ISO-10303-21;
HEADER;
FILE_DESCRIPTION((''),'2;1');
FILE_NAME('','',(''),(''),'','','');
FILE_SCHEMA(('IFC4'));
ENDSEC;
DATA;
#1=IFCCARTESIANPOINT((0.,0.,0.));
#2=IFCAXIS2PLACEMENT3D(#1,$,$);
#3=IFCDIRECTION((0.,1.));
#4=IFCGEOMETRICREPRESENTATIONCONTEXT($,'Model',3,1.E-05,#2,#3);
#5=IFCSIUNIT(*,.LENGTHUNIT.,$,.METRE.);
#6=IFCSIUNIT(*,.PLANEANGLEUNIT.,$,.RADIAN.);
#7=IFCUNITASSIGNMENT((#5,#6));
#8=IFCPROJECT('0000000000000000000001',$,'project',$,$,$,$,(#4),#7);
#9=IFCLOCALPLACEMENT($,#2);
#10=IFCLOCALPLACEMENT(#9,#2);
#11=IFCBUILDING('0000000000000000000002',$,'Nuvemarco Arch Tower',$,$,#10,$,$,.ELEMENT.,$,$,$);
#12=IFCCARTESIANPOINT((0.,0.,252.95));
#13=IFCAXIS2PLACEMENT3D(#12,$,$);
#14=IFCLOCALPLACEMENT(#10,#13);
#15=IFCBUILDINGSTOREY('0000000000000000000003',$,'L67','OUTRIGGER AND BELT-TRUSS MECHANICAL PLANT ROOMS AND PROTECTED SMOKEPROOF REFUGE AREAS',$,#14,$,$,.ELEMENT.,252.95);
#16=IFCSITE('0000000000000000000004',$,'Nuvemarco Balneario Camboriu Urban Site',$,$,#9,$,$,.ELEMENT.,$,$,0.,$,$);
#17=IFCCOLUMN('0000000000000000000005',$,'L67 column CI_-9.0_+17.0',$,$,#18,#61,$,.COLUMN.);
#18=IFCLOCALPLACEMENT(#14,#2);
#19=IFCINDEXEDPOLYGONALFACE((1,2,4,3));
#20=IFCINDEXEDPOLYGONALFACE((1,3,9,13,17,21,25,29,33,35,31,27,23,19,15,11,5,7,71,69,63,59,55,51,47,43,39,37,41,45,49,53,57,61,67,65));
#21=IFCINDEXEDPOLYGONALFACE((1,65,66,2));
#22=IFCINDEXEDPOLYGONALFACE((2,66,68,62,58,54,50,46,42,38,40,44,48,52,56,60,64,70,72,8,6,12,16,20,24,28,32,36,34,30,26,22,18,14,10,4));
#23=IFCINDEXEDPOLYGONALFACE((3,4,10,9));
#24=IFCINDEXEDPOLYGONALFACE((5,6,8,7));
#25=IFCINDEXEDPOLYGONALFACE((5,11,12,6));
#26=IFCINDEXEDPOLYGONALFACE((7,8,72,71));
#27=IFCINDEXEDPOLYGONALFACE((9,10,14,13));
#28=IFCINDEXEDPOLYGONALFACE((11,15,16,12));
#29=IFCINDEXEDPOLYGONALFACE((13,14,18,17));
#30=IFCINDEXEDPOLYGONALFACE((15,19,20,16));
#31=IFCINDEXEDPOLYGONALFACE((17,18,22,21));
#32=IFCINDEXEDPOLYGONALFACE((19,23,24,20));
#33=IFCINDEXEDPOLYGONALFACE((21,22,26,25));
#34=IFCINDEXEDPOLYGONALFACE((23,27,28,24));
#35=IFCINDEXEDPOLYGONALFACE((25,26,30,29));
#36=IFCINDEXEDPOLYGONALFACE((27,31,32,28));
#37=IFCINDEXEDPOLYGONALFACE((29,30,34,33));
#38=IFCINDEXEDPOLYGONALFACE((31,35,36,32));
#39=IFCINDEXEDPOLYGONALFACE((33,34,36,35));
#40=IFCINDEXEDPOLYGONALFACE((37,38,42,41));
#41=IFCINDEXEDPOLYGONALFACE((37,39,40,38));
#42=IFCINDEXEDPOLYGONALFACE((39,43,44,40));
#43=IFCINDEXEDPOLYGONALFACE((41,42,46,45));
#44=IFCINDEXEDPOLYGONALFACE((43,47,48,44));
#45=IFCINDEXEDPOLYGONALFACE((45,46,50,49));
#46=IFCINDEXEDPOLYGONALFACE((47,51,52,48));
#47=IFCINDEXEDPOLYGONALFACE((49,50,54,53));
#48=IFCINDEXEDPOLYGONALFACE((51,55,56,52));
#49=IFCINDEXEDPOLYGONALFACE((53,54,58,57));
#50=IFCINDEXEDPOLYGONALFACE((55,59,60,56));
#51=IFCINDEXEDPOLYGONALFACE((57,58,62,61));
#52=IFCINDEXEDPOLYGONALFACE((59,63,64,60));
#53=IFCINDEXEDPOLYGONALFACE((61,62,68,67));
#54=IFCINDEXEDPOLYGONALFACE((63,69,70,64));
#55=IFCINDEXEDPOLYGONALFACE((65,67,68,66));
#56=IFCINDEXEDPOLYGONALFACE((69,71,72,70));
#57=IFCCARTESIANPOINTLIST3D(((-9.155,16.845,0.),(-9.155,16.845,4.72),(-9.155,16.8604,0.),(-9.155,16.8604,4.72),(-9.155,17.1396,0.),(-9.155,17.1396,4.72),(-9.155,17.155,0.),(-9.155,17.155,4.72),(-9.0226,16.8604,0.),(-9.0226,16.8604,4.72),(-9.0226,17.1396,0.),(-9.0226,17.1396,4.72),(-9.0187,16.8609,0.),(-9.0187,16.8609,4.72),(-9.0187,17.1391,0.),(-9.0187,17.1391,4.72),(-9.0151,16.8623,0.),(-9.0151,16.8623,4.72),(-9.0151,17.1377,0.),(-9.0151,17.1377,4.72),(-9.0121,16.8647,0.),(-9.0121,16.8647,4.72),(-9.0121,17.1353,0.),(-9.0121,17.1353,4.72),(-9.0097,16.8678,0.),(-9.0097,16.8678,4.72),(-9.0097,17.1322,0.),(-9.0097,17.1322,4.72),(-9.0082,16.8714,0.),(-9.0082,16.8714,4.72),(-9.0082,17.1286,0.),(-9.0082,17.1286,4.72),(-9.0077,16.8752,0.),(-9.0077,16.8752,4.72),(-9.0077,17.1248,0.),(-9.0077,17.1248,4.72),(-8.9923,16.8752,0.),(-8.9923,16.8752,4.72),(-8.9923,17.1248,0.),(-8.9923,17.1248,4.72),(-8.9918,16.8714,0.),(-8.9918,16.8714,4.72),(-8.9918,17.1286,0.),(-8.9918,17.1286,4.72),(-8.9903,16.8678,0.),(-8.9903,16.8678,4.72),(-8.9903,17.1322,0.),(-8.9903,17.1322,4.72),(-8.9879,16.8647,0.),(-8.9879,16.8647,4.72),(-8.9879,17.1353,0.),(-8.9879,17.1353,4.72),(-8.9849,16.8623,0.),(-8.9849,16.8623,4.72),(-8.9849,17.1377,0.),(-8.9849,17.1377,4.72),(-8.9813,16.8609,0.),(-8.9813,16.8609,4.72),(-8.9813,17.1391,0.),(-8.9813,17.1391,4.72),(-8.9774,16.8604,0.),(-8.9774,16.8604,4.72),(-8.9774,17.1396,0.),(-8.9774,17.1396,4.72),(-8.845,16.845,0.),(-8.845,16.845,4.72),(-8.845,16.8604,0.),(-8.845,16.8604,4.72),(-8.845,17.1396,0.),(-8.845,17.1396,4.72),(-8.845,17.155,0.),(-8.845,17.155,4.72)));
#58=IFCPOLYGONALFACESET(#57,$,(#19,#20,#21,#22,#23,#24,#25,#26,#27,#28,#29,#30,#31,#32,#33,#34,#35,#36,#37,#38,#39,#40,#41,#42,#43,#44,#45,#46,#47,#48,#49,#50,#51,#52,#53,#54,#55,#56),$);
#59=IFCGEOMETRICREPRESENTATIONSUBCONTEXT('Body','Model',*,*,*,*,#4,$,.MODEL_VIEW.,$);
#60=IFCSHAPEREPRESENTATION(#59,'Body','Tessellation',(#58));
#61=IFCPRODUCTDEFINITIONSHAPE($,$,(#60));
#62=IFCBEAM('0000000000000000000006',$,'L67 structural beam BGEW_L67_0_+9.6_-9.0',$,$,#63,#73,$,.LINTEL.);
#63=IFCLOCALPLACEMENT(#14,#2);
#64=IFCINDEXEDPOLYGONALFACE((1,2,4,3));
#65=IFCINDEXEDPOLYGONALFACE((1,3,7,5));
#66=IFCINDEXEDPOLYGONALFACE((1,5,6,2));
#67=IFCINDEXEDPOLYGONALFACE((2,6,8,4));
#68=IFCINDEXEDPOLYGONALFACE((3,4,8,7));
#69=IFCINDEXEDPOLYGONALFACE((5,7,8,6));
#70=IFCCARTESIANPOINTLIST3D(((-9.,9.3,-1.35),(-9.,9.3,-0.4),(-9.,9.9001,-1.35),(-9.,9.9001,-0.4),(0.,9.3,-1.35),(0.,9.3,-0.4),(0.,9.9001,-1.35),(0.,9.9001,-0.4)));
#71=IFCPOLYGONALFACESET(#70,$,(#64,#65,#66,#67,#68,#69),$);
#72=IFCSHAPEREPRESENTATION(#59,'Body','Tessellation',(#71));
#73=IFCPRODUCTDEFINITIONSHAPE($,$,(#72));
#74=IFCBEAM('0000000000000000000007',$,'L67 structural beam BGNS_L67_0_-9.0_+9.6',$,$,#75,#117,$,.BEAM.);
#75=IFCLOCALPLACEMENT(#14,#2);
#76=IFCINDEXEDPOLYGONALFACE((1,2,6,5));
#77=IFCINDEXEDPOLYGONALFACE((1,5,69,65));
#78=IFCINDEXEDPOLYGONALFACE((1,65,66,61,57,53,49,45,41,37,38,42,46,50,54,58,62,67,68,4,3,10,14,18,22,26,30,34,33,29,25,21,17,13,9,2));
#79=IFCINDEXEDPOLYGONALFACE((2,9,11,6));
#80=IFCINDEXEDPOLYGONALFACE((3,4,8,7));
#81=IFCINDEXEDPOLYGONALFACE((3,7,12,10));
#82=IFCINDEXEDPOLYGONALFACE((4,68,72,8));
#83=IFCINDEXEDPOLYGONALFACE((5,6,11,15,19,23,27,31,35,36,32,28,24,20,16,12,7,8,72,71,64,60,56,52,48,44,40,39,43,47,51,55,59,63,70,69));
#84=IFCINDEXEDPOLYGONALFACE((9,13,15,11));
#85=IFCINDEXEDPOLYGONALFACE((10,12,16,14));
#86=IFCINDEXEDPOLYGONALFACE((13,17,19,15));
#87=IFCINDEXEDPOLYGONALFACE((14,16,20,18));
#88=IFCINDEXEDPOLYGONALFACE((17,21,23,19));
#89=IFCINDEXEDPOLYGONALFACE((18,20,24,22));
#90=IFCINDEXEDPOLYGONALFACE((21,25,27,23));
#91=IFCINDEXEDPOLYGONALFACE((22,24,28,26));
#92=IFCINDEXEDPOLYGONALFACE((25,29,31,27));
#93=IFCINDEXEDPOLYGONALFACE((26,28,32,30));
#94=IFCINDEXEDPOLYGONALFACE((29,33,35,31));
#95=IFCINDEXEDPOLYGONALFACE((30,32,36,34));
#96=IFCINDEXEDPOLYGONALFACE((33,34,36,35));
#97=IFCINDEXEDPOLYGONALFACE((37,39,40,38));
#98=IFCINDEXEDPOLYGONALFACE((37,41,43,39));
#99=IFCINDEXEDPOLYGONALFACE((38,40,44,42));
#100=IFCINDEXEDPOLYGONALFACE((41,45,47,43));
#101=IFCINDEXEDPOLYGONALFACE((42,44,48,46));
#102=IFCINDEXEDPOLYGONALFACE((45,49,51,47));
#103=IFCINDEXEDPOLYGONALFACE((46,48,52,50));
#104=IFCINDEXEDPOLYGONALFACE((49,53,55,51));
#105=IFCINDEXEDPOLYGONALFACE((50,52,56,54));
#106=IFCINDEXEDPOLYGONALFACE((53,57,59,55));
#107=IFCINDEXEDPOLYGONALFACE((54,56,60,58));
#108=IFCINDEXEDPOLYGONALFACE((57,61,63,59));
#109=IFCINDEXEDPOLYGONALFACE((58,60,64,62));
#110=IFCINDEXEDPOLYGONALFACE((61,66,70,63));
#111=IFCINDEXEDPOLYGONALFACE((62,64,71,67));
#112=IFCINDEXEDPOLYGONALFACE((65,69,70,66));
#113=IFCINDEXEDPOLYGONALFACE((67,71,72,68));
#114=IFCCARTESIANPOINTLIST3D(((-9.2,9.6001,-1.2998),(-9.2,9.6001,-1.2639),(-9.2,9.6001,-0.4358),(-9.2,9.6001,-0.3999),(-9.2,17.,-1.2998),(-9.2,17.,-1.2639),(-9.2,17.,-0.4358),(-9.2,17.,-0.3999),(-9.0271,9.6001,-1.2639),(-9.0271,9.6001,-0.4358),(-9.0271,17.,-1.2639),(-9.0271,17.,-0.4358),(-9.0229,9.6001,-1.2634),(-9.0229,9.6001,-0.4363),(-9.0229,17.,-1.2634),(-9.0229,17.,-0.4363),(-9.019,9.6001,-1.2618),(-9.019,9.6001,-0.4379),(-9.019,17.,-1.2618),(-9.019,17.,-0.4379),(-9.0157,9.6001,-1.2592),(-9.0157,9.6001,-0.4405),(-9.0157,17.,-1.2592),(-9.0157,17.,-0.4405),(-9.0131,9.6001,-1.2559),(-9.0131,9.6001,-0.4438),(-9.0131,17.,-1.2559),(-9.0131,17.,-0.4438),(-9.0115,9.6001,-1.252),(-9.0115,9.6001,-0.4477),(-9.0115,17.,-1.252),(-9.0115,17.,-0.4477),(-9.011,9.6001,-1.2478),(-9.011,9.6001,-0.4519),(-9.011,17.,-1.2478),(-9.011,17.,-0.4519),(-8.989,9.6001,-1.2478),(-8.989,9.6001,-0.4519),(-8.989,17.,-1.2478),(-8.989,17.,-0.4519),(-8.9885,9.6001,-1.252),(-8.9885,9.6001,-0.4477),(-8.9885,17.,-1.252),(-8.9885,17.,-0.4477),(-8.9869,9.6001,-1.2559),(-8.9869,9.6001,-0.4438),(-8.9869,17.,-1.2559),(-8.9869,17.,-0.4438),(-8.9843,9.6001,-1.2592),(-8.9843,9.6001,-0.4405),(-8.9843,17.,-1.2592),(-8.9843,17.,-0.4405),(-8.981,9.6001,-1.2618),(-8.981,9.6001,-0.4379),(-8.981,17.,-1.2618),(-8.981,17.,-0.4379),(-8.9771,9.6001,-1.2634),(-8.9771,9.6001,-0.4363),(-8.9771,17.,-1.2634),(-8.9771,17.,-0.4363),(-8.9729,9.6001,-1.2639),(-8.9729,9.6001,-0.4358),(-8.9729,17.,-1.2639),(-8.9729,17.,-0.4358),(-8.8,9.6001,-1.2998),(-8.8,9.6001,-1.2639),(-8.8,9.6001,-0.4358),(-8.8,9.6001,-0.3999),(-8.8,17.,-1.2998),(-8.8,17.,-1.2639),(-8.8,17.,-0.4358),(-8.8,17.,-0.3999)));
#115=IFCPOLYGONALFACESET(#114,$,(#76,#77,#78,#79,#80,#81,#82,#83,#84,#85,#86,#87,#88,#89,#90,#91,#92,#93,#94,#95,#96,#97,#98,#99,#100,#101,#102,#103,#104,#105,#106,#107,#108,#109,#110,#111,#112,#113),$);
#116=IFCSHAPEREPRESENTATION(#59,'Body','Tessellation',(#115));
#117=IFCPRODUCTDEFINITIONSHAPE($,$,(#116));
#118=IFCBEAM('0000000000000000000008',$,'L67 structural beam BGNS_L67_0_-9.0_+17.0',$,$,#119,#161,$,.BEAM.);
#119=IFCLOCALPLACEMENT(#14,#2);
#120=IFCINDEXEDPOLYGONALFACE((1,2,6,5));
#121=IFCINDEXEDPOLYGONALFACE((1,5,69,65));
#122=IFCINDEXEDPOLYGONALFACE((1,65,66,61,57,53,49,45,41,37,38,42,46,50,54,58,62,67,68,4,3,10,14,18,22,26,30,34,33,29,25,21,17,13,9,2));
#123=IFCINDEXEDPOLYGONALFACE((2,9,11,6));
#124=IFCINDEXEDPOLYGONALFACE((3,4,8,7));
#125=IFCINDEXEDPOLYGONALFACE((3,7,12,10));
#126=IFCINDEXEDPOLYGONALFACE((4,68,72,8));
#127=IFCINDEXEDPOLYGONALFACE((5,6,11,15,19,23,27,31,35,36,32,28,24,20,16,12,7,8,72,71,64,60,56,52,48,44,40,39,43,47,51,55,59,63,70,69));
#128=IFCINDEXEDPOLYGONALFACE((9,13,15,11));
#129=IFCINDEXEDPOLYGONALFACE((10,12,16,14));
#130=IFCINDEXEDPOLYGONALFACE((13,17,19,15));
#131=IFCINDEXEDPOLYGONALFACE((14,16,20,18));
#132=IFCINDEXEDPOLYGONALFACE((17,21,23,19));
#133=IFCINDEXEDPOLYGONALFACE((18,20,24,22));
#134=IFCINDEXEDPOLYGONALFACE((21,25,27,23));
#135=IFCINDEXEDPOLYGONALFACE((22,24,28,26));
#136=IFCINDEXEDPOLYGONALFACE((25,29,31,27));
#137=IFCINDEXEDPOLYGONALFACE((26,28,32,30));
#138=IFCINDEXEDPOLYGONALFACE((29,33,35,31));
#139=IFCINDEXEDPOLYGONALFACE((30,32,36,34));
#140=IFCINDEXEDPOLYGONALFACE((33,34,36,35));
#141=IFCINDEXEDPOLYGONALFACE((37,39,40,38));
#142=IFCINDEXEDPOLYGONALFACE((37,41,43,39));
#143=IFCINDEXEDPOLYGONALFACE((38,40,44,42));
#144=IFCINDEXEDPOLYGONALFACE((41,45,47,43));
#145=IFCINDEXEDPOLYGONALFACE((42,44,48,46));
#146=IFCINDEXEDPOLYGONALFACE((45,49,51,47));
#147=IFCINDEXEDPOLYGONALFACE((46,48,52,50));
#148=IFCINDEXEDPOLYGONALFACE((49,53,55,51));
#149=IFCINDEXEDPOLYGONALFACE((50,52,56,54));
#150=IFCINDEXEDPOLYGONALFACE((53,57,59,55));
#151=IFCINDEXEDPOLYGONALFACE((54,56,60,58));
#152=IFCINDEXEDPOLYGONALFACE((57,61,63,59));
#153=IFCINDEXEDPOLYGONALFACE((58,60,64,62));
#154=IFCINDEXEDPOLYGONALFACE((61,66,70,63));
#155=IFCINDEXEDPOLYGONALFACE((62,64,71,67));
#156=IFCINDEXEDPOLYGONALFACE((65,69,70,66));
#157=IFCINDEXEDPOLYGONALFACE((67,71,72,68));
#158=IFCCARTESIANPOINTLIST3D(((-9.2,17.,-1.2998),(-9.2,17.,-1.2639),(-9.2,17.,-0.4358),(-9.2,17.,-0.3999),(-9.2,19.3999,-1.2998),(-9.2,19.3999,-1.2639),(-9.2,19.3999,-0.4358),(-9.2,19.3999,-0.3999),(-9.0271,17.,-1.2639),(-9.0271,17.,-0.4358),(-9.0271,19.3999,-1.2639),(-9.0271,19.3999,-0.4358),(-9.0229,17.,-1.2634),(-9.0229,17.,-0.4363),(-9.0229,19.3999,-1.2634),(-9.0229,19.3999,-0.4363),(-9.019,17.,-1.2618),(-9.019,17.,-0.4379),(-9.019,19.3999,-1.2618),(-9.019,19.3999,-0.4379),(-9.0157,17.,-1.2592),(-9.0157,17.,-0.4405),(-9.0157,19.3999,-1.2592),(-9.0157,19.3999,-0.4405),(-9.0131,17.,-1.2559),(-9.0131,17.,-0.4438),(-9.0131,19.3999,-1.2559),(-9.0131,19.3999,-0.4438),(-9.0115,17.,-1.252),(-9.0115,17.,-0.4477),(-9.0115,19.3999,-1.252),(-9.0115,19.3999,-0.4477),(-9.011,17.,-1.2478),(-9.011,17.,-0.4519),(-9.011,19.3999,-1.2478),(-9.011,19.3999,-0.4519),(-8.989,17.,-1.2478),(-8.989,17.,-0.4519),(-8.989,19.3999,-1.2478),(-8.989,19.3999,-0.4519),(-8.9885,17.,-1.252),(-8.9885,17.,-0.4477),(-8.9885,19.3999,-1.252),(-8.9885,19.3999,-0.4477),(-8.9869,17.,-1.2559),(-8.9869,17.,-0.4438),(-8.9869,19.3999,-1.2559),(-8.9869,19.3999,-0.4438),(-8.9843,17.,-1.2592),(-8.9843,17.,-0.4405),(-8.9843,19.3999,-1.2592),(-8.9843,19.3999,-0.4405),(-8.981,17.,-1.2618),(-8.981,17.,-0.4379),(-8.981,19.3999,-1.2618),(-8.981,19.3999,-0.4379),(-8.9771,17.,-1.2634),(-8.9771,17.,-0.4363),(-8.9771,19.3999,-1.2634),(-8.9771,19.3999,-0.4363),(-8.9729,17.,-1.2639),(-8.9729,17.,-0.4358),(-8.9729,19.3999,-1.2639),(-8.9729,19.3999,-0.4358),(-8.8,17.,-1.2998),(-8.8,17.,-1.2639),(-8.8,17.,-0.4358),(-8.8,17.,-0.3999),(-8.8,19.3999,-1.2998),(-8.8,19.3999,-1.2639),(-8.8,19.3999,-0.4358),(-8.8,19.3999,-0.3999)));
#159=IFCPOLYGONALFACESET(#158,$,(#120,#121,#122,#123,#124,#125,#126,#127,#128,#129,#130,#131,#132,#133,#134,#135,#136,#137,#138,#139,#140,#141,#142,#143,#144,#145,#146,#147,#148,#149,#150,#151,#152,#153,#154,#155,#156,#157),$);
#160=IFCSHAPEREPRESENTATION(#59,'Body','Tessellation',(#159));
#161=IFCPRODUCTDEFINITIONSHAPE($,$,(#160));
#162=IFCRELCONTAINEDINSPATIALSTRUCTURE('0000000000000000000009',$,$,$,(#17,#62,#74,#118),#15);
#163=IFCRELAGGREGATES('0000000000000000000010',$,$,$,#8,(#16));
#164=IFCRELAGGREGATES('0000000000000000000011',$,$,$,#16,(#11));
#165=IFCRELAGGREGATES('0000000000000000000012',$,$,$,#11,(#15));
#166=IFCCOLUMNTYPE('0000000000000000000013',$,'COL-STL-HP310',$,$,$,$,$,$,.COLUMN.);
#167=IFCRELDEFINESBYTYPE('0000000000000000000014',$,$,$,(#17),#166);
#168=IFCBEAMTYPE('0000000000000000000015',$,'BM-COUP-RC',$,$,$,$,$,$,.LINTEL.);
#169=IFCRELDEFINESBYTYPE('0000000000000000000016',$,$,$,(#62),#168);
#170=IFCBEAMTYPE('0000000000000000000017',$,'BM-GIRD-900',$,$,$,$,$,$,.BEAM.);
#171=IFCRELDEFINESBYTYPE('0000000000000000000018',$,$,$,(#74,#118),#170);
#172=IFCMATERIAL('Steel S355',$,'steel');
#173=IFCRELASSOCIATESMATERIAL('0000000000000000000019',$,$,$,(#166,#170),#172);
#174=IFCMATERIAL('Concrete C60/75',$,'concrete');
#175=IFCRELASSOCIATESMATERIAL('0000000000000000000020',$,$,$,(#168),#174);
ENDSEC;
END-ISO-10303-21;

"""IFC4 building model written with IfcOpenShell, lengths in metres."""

from ifc_helpers import new_model, si_unit, direction, frame, origin, origin_2d, place, context, subcontext, project, spatial, rectangle, i_section, extrude, material, material_profile, profile_set, type_object, element, save


model = new_model("IFC4")

# Units and contexts
model_context = context("Model", 3, precision=1e-05, world=origin(), true_north=direction((0.0, 1.0)))
body_context = subcontext(model_context, "Body", "Model", "MODEL_VIEW")
ifc_project = project(units=[si_unit("LENGTHUNIT", "METRE"), si_unit("PLANEANGLEUNIT", "RADIAN")], contexts=[model_context])

# Site, building, storey
site_placement = place(None, origin())
site = spatial("IfcSite", under=ifc_project, at=site_placement, Name="Nuvemarco Balneario Camboriu Urban Site", CompositionType="ELEMENT", RefElevation=0.0)
building_placement = place(site_placement, origin())
building = spatial("IfcBuilding", under=site, at=building_placement, Name="Nuvemarco Arch Tower", CompositionType="ELEMENT")
storey_placement = place(building_placement, frame((0.0, 0.0, 252.95)))
storey = spatial("IfcBuildingStorey", under=building, at=storey_placement, Name="L67", Description="OUTRIGGER AND BELT-TRUSS MECHANICAL PLANT ROOMS AND PROTECTED SMOKEPROOF REFUGE AREAS", CompositionType="ELEMENT", Elevation=252.95)

# Column
ifc_material_1 = material(Name="Steel S355", Category="steel")
ifc_material_profile_1 = material_profile(ifc_material_1, i_section(OverallWidth=0.3101, OverallDepth=0.3101, WebThickness=0.0154, FlangeThickness=0.0154, FilletRadius=0.0149, at=origin_2d()), Name="HP310x110")
ifc_profile_set_1 = profile_set([ifc_material_profile_1], Name="Steel S355")
column_type_1 = type_object("IfcColumnType", Name="COL-STL-HP310", PredefinedType="COLUMN", material=ifc_profile_set_1)
column_1_placement = place(storey_placement, frame((-9.0, 17.0, 0.0), z_axis=(0.0, 0.0, 1.0), x_axis=(1.0, 0.0, 0.0)))
element("IfcColumn", 1, at=column_1_placement, inside=storey, type_object=column_type_1, Name="L67 column CI_-9.0_+17.0", PredefinedType="COLUMN", context=body_context, shape_type="SweptSolid", body=[
    extrude(i_section(OverallWidth=0.3101, OverallDepth=0.3101, WebThickness=0.0154, FlangeThickness=0.0154, FilletRadius=0.0149, at=origin_2d()), origin(), (0.0, 0.0, 1.0), 4.72),
])

# Beams
ifc_material_2 = material(Name="Concrete C60/75", Category="concrete")
ifc_material_profile_2 = material_profile(ifc_material_2, rectangle(XDim=0.6001, YDim=0.95, at=origin_2d()), Name="RC-BM-600x950")
ifc_profile_set_2 = profile_set([ifc_material_profile_2], Name="Concrete C60/75")
beam_type_1 = type_object("IfcBeamType", Name="BM-COUP-RC", PredefinedType="LINTEL", material=ifc_profile_set_2)
beam_1_placement = place(storey_placement, frame((-9.0, 9.6001, -0.875), z_axis=(1.0, 0.0, 0.0), x_axis=(0.0, 1.0, 0.0)))
element("IfcBeam", 2, at=beam_1_placement, inside=storey, type_object=beam_type_1, Name="L67 structural beam BGEW_L67_0_+9.6_-9.0", PredefinedType="LINTEL", context=body_context, shape_type="SweptSolid", body=[
    extrude(rectangle(XDim=0.6001, YDim=0.95, at=origin_2d()), origin(), (0.0, 0.0, 1.0), 9.0),
])
ifc_material_profile_3 = material_profile(ifc_material_1, i_section(OverallWidth=0.3999, OverallDepth=0.8999, WebThickness=0.022, FlangeThickness=0.0359, FilletRadius=0.0161, at=origin_2d()), Name="PG900x400")
ifc_profile_set_3 = profile_set([ifc_material_profile_3], Name="Steel S355")
beam_type_2 = type_object("IfcBeamType", Name="BM-GIRD-900", PredefinedType="BEAM", material=ifc_profile_set_3)
beam_2_placement = place(storey_placement, frame((-9.0, 9.6001, -0.8499), z_axis=(0.0, 1.0, 0.0), x_axis=(-1.0, 0.0, 0.0)))
element("IfcBeam", 3, at=beam_2_placement, inside=storey, type_object=beam_type_2, Name="L67 structural beam BGNS_L67_0_-9.0_+9.6", PredefinedType="BEAM", context=body_context, shape_type="SweptSolid", body=[
    extrude(i_section(OverallWidth=0.3999, OverallDepth=0.8999, WebThickness=0.022, FlangeThickness=0.0359, FilletRadius=0.0161, at=origin_2d()), origin(), (0.0, 0.0, 1.0), 7.3999),
])
beam_3_placement = place(storey_placement, frame((-9.0, 17.0, -0.8499), z_axis=(0.0, 1.0, 0.0), x_axis=(-1.0, 0.0, 0.0)))
element("IfcBeam", 4, at=beam_3_placement, inside=storey, type_object=beam_type_2, Name="L67 structural beam BGNS_L67_0_-9.0_+17.0", PredefinedType="BEAM", context=body_context, shape_type="SweptSolid", body=[
    extrude(i_section(OverallWidth=0.3999, OverallDepth=0.8999, WebThickness=0.022, FlangeThickness=0.0359, FilletRadius=0.0161, at=origin_2d()), origin(), (0.0, 0.0, 1.0), 2.3999),
])

save(model, "model.ifc")
